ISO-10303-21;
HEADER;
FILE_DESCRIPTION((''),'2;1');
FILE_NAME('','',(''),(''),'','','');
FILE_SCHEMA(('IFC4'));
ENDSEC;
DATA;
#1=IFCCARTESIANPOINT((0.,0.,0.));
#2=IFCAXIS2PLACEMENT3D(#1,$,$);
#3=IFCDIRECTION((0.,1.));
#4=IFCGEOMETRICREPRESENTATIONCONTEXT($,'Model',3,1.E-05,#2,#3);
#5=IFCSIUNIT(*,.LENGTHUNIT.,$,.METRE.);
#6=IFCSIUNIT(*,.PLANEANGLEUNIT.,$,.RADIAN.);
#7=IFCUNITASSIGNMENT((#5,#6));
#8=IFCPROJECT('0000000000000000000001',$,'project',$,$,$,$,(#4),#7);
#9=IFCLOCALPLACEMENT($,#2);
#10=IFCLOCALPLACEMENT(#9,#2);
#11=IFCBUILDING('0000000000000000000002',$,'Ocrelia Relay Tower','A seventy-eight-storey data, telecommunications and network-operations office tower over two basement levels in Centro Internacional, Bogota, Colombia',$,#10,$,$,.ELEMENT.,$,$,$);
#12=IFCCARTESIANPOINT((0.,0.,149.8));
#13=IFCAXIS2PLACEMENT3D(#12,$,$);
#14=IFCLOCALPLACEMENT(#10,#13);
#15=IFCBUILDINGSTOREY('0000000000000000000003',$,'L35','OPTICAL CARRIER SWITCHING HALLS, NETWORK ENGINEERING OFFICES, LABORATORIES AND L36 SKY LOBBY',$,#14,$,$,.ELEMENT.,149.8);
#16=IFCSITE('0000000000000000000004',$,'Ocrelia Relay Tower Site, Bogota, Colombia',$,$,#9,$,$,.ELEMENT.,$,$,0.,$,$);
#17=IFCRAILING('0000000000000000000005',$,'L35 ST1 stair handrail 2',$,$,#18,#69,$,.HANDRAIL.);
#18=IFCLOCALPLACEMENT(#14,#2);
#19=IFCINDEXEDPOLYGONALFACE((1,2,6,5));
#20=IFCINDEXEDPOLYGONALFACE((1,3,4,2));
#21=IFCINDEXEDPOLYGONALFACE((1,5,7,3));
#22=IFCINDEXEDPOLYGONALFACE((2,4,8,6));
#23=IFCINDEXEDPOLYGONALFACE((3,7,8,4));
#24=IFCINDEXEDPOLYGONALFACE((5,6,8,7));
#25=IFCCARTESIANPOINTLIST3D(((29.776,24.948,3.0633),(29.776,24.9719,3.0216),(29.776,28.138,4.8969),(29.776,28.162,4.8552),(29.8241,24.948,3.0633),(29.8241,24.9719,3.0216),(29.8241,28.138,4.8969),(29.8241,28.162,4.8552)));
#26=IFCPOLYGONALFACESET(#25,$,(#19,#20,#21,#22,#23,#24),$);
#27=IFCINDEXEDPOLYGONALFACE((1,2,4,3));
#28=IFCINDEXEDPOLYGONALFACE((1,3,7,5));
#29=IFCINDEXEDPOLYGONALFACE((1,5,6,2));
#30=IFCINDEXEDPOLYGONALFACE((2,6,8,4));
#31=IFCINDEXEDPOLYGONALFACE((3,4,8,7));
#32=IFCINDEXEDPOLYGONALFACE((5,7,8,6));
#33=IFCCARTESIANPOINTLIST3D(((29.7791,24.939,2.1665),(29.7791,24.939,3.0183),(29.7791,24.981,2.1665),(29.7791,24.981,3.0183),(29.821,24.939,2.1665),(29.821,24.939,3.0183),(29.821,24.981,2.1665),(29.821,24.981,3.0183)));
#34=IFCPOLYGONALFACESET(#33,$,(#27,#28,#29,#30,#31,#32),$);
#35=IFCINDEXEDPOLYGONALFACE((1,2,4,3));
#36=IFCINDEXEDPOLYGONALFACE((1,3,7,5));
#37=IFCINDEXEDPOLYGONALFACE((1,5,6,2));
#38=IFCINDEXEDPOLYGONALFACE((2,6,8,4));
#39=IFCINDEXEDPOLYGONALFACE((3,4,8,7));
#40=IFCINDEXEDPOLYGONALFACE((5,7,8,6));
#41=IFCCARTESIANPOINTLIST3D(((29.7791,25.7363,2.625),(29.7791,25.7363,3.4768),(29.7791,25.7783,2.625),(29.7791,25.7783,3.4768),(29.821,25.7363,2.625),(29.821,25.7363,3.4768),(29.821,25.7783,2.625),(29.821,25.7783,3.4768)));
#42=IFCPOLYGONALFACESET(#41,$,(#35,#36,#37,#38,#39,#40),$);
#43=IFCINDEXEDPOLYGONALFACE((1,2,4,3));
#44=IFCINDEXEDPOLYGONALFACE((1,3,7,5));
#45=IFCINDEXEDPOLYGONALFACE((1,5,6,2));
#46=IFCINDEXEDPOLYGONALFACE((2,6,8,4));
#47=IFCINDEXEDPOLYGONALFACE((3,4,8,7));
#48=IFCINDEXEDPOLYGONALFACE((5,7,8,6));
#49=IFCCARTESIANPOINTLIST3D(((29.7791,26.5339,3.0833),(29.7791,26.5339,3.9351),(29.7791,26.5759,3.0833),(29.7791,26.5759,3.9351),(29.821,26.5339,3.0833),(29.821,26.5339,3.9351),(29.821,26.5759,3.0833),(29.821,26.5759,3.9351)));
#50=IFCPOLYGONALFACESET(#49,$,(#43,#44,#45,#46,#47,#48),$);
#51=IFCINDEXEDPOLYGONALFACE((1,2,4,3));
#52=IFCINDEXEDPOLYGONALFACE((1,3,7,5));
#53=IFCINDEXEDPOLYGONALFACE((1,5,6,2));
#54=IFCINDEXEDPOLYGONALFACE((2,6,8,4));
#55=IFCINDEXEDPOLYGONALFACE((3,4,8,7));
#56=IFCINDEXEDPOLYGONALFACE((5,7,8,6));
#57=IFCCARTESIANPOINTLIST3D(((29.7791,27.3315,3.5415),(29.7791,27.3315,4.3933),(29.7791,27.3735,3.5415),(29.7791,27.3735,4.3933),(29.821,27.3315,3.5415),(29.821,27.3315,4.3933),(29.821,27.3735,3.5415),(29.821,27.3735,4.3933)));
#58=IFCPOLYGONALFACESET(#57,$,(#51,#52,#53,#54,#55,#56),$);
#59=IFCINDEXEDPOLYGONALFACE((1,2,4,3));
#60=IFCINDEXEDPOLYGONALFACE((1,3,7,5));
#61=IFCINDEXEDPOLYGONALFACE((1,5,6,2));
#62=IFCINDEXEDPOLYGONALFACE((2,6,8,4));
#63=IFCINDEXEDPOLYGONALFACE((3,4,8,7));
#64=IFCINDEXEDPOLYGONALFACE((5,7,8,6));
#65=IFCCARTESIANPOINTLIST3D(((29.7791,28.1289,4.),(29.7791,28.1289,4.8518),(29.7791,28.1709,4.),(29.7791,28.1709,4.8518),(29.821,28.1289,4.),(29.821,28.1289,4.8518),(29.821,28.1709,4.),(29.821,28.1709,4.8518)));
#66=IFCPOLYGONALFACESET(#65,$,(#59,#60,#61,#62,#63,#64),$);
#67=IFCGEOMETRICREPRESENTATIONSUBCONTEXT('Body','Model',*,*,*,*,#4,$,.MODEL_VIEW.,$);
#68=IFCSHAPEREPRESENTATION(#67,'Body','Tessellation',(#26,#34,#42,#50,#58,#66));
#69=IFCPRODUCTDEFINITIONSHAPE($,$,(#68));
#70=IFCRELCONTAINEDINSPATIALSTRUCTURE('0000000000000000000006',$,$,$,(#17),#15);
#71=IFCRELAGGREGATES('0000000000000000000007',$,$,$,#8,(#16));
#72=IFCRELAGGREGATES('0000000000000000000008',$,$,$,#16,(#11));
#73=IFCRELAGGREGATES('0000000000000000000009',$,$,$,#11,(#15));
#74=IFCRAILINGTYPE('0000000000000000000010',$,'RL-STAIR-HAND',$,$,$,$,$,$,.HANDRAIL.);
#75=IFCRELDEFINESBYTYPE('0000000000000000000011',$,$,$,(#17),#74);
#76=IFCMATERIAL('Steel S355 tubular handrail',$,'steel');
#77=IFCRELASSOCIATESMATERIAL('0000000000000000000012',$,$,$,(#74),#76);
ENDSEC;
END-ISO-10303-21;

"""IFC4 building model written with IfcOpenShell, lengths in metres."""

from ifc_helpers import new_model, si_unit, direction, frame, origin, origin_2d, place, context, subcontext, project, spatial, rectangle, extrude, material, type_object, element, save


model = new_model("IFC4")

# Units and contexts
model_context = context("Model", 3, precision=1e-05, world=origin(), true_north=direction((0.0, 1.0)))
body_context = subcontext(model_context, "Body", "Model", "MODEL_VIEW")
ifc_project = project(units=[si_unit("LENGTHUNIT", "METRE"), si_unit("PLANEANGLEUNIT", "RADIAN")], contexts=[model_context])

# Site, building, storey
site_placement = place(None, origin())
site = spatial("IfcSite", under=ifc_project, at=site_placement, Name="Ocrelia Relay Tower Site, Bogota, Colombia", CompositionType="ELEMENT", RefElevation=0.0)
building_placement = place(site_placement, origin())
building = spatial("IfcBuilding", under=site, at=building_placement, Name="Ocrelia Relay Tower", Description="A seventy-eight-storey data, telecommunications and network-operations office tower over two basement levels in Centro Internacional, Bogota, Colombia", CompositionType="ELEMENT")
storey_placement = place(building_placement, frame((0.0, 0.0, 149.8)))
storey = spatial("IfcBuildingStorey", under=building, at=storey_placement, Name="L35", Description="OPTICAL CARRIER SWITCHING HALLS, NETWORK ENGINEERING OFFICES, LABORATORIES AND L36 SKY LOBBY", CompositionType="ELEMENT", Elevation=149.8)

# Railing
ifc_material_1 = material(Name="Steel S355 tubular handrail", Category="steel")
railing_type_1 = type_object("IfcRailingType", Name="RL-STAIR-HAND", PredefinedType="HANDRAIL", material=ifc_material_1)
railing_1_placement = place(storey_placement, frame((29.8, 24.96, 2.1665)))
element("IfcRailing", 1, at=railing_1_placement, inside=storey, type_object=railing_type_1, Name="L35 ST1 stair handrail 2", PredefinedType="HANDRAIL", context=body_context, shape_type="SweptSolid", body=[
    extrude(rectangle(XDim=0.0481, YDim=0.0481, at=origin_2d()), frame((0.0, 0.0, 0.876), z_axis=(0.0, 0.866991, 0.498324), x_axis=(-1.0, 0.0, 0.0)), (0.0, 0.0, 1.0), 3.6794),
    extrude(rectangle(XDim=0.042, YDim=0.042, at=origin_2d()), origin(), (0.0, 0.0, 1.0), 0.8518),
    extrude(rectangle(XDim=0.042, YDim=0.042, at=origin_2d()), frame((0.0, 0.7974, 0.4585)), (0.0, 0.0, 1.0), 0.8518),
    extrude(rectangle(XDim=0.042, YDim=0.042, at=origin_2d()), frame((0.0, 1.595, 0.9167)), (0.0, 0.0, 1.0), 0.8518),
    extrude(rectangle(XDim=0.042, YDim=0.042, at=origin_2d()), frame((0.0, 2.3926, 1.375)), (0.0, 0.0, 1.0), 0.8518),
    extrude(rectangle(XDim=0.042, YDim=0.042, at=origin_2d()), frame((0.0, 3.1899, 1.8335)), (0.0, 0.0, 1.0), 0.8518),
])

save(model, "model.ifc")
